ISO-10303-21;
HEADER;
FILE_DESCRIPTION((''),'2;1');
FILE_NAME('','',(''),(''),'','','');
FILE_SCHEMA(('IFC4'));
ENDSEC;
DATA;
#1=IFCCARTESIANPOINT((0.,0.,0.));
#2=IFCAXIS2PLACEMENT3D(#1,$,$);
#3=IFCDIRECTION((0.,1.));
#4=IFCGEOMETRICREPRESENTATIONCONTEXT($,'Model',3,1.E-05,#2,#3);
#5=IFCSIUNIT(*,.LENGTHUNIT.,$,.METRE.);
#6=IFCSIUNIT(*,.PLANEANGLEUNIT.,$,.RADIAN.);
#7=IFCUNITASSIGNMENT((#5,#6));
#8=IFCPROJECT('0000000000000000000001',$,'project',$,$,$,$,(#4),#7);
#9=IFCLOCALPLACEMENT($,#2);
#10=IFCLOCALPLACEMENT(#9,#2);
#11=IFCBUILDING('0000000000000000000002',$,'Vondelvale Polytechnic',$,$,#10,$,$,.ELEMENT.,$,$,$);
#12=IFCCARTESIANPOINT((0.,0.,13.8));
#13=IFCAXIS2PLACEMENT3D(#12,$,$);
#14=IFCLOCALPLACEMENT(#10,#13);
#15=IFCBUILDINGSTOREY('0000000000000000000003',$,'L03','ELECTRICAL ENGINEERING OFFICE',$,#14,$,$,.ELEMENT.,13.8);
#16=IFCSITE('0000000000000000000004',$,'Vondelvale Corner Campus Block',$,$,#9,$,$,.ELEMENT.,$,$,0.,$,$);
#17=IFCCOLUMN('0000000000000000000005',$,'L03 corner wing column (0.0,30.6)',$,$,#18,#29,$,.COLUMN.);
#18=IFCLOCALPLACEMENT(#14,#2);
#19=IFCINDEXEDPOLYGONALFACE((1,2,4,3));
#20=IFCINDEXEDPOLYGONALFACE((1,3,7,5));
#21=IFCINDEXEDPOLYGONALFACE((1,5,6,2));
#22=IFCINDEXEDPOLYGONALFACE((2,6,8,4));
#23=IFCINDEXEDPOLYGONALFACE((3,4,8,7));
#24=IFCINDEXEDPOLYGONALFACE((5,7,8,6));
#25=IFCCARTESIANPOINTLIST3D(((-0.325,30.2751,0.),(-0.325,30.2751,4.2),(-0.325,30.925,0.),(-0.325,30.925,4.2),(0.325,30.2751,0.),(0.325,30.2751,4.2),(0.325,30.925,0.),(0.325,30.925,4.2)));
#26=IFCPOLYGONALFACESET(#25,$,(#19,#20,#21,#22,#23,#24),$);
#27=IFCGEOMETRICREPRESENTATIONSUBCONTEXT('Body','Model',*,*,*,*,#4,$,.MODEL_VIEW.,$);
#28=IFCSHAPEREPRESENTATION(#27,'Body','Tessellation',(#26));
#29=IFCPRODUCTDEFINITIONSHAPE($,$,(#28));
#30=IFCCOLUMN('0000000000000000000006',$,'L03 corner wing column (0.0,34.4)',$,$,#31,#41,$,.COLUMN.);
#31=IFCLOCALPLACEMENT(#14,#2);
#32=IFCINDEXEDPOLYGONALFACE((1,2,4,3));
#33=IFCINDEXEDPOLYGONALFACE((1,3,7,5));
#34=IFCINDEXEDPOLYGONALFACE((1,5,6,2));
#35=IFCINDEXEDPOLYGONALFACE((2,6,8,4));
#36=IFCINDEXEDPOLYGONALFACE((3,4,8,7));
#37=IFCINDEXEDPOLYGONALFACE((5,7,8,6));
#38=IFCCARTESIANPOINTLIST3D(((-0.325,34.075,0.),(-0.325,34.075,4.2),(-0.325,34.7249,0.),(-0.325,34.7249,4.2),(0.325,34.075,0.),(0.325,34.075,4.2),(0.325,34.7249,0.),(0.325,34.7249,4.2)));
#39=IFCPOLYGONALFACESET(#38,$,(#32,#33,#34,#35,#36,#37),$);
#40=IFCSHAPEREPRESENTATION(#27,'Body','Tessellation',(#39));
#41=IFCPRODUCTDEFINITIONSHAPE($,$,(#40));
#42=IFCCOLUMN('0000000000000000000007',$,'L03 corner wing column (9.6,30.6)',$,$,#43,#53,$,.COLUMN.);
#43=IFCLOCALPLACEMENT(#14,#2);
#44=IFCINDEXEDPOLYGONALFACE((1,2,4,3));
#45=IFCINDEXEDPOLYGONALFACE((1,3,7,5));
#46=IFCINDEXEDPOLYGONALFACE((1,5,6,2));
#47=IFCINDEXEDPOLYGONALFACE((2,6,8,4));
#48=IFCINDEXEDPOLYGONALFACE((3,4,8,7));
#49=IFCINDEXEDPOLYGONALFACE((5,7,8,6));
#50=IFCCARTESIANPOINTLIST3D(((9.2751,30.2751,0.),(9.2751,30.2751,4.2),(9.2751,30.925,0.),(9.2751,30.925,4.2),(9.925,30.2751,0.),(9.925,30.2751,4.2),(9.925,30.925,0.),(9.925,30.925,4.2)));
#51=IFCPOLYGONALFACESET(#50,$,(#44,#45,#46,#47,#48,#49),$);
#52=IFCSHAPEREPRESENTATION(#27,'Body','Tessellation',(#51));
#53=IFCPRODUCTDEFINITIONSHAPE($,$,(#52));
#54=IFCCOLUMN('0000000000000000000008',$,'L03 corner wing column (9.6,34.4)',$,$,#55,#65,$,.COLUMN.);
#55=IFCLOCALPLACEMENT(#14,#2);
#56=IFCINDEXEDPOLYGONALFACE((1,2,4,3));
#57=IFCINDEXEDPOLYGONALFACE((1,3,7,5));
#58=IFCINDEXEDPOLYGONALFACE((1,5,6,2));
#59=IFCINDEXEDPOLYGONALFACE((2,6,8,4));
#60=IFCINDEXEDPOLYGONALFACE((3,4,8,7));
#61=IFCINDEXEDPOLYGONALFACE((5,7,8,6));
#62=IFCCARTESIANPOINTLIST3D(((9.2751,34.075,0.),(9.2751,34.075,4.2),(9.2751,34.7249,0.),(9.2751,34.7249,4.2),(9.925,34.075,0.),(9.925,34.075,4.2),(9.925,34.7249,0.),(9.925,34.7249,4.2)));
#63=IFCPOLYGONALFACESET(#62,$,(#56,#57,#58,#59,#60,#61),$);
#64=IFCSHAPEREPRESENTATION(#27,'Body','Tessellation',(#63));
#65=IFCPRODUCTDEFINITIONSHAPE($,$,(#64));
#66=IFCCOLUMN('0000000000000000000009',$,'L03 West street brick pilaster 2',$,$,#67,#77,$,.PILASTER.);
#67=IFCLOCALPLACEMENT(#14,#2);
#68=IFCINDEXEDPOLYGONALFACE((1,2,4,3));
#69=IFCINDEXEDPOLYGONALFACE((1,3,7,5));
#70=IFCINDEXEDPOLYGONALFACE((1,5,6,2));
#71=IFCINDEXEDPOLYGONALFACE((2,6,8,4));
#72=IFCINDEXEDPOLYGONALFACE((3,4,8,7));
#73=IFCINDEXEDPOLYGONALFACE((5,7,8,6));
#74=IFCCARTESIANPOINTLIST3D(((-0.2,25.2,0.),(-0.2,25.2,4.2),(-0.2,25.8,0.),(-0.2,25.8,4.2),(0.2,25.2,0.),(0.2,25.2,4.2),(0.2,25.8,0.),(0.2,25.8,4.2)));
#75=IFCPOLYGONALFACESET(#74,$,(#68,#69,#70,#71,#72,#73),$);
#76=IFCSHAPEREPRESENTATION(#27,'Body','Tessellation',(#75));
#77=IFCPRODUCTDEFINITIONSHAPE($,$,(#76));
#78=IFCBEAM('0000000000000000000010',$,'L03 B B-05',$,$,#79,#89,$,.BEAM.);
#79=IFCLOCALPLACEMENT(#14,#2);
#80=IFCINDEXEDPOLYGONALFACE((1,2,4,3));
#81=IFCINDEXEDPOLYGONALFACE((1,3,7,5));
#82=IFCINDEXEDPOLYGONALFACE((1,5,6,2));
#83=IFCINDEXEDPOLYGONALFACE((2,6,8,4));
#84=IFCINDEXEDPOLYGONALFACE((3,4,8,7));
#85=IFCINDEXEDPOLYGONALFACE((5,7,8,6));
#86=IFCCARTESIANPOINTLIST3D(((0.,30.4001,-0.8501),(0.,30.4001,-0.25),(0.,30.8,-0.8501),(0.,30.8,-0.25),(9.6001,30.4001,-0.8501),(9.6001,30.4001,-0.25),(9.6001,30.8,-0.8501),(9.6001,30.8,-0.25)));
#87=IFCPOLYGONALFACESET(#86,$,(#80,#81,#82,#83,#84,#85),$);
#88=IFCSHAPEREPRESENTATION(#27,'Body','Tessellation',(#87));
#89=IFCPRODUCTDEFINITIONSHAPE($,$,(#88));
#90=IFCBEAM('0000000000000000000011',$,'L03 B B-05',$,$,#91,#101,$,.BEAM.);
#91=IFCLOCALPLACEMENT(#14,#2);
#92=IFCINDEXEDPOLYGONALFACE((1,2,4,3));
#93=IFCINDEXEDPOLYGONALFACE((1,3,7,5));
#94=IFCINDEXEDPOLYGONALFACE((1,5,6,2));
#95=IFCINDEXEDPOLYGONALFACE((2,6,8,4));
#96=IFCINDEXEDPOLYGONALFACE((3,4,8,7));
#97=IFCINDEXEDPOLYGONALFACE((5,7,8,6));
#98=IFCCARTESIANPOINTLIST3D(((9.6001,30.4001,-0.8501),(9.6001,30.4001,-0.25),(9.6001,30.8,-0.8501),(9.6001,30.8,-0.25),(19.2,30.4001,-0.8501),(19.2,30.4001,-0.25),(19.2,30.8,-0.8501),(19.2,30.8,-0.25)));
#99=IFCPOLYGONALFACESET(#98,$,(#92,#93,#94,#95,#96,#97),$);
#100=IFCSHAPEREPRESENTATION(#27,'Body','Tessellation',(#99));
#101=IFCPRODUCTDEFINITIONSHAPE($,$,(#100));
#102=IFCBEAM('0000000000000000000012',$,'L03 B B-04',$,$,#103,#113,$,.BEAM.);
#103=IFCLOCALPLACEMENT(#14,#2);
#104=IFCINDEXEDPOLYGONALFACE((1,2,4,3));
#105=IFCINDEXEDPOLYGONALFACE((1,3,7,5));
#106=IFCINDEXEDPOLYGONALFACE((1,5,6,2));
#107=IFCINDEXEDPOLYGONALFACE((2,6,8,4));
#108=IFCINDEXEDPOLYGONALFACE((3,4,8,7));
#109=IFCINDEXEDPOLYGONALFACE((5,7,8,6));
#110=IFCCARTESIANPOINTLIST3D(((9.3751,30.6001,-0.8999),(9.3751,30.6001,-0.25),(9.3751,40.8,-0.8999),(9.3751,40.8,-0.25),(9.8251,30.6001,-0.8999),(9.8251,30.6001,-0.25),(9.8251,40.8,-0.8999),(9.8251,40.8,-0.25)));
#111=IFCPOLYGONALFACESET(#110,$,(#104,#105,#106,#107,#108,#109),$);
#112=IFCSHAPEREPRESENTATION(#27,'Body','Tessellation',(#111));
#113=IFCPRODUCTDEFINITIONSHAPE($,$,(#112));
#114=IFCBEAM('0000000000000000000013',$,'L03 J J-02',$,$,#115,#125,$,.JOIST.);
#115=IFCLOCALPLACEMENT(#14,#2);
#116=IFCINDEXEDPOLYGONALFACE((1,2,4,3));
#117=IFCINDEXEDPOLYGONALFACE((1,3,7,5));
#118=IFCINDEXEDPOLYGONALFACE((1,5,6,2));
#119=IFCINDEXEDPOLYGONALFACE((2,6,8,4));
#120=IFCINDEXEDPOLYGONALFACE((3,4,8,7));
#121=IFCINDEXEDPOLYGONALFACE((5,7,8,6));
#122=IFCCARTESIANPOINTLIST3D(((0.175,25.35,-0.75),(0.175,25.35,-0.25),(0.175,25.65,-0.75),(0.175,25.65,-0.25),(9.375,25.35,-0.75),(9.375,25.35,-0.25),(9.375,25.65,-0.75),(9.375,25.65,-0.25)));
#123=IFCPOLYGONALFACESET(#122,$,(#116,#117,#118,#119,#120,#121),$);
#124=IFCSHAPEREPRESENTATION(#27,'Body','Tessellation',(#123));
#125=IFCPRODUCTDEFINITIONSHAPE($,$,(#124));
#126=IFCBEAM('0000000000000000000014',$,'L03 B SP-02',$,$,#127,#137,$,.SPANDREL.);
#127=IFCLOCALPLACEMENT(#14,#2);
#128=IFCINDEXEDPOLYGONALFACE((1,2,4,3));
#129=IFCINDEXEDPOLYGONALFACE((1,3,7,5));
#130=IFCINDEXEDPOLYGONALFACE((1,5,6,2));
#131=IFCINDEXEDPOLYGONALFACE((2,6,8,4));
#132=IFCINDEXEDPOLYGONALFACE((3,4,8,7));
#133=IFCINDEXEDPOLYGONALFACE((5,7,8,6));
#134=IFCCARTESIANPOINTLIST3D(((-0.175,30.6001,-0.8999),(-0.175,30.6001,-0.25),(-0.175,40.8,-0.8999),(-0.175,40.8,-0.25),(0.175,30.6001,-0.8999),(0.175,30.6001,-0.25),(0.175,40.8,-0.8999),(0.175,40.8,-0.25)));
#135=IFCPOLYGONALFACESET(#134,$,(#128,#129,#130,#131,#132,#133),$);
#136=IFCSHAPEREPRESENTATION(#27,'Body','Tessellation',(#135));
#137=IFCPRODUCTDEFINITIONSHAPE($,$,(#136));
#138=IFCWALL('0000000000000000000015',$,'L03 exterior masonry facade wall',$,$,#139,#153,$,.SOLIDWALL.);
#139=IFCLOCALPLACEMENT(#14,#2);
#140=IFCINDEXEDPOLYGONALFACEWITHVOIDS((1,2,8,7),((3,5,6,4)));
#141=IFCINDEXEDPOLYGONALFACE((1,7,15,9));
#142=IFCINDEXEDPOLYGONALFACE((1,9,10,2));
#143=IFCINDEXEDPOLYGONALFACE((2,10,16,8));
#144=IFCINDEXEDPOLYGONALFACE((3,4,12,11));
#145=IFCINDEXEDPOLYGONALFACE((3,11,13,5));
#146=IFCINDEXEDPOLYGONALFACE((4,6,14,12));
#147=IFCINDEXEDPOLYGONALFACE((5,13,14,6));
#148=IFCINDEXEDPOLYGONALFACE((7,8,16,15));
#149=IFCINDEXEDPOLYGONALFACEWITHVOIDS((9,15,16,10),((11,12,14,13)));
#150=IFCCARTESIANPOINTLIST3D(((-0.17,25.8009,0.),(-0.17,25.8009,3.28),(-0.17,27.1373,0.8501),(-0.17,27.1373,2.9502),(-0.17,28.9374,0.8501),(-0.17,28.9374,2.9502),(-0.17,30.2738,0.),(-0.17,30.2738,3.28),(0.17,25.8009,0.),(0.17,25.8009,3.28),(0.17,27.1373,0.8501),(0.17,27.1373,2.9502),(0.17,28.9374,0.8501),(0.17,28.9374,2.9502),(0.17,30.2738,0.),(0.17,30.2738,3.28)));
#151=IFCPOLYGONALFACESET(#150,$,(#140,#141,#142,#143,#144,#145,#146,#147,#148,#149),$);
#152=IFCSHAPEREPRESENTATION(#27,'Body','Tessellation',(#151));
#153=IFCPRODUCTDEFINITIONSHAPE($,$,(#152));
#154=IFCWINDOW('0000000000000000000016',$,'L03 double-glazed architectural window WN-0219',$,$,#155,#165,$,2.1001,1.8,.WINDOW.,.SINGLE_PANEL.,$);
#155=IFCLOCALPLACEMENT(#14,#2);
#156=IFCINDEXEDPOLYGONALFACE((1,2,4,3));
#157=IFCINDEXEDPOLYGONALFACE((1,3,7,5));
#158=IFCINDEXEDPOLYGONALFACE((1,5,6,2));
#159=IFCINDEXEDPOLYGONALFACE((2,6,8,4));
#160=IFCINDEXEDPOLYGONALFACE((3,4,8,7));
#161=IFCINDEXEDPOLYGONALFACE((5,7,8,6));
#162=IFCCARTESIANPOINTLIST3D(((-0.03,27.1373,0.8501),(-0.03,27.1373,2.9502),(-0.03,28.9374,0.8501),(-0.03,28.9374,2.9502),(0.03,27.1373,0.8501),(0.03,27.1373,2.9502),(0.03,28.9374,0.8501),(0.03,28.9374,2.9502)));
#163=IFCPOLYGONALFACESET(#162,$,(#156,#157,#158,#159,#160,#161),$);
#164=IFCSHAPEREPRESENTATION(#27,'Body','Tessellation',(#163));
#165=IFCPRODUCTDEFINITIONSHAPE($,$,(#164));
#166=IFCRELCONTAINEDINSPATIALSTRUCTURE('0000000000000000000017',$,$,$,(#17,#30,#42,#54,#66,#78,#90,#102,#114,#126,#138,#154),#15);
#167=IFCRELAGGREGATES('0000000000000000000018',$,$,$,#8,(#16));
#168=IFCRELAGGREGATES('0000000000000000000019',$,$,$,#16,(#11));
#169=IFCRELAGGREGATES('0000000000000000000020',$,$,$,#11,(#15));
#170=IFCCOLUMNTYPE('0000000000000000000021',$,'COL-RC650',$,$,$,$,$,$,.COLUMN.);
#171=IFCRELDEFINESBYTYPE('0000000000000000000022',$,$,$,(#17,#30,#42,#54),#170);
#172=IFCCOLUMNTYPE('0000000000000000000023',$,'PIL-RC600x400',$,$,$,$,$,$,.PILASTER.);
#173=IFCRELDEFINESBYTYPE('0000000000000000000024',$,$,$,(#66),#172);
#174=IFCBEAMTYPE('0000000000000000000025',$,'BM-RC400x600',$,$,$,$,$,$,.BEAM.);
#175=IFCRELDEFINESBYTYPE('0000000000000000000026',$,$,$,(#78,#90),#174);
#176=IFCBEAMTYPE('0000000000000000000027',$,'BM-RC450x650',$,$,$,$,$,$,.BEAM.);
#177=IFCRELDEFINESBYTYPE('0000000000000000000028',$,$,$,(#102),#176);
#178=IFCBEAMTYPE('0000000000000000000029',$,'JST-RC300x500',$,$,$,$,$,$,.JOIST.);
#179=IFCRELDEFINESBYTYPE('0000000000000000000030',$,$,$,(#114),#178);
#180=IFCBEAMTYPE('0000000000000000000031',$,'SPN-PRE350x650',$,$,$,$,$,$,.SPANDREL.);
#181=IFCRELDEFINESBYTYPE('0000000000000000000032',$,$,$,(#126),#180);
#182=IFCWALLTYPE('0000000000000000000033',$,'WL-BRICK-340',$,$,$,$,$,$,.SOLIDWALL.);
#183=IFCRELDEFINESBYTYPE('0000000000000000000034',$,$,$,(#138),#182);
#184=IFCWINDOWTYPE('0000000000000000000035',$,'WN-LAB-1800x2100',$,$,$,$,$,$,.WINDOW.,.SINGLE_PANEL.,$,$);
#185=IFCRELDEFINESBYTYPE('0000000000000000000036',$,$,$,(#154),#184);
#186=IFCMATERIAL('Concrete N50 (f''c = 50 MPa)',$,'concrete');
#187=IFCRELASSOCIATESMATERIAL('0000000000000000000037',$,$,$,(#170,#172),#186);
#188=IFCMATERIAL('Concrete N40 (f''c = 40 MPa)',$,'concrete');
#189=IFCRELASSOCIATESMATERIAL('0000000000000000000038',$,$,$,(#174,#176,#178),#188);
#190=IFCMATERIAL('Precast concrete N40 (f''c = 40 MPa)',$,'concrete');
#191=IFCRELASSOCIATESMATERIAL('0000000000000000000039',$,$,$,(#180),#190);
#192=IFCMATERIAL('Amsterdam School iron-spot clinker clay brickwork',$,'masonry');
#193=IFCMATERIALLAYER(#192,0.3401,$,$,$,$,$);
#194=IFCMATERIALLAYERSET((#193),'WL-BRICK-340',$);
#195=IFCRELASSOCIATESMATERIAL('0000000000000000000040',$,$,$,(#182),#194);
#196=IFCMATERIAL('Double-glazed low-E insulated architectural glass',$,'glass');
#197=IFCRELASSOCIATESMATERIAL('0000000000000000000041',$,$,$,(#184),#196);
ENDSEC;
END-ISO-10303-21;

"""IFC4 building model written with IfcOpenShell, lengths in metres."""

from ifc_helpers import new_model, si_unit, direction, frame, frame_2d, origin, origin_2d, place, context, subcontext, project, spatial, rectangle, extrude, material, layer, layer_set, material_profile, profile_set, type_object, element, fill, save


model = new_model("IFC4")

# Units and contexts
model_context = context("Model", 3, precision=1e-05, world=origin(), true_north=direction((0.0, 1.0)))
body_context = subcontext(model_context, "Body", "Model", "MODEL_VIEW")
ifc_project = project(units=[si_unit("LENGTHUNIT", "METRE"), si_unit("PLANEANGLEUNIT", "RADIAN")], contexts=[model_context])

# Site, building, storey
site_placement = place(None, origin())
site = spatial("IfcSite", under=ifc_project, at=site_placement, Name="Vondelvale Corner Campus Block", CompositionType="ELEMENT", RefElevation=0.0)
building_placement = place(site_placement, origin())
building = spatial("IfcBuilding", under=site, at=building_placement, Name="Vondelvale Polytechnic", CompositionType="ELEMENT")
storey_placement = place(building_placement, frame((0.0, 0.0, 13.8)))
storey = spatial("IfcBuildingStorey", under=building, at=storey_placement, Name="L03", Description="ELECTRICAL ENGINEERING OFFICE", CompositionType="ELEMENT", Elevation=13.8)

# Columns
ifc_material_1 = material(Name="Concrete N50 (f'c = 50 MPa)", Category="concrete")
ifc_material_profile_1 = material_profile(ifc_material_1, rectangle(XDim=0.6499, YDim=0.6499, at=origin_2d()), Name="RC-COL-650x650")
ifc_profile_set_1 = profile_set([ifc_material_profile_1], Name="Concrete N50 (f'c = 50 MPa)")
column_type_1 = type_object("IfcColumnType", Name="COL-RC650", PredefinedType="COLUMN", material=ifc_profile_set_1)
for number, where, z_axis, x_axis, name in (
    (1, (0.0, 30.6001, 0.0), (0.0, 0.0, 1.0), (1.0, 0.0, 0.0), "L03 corner wing column (0.0,30.6)"),
    (2, (0.0, 34.3999, 0.0), (0.0, 0.0, 1.0), (1.0, 0.0, 0.0), "L03 corner wing column (0.0,34.4)"),
    (3, (9.6001, 30.6001, 0.0), (0.0, 0.0, 1.0), (1.0, 0.0, 0.0), "L03 corner wing column (9.6,30.6)"),
    (4, (9.6001, 34.3999, 0.0), (0.0, 0.0, 1.0), (1.0, 0.0, 0.0), "L03 corner wing column (9.6,34.4)"),
):
    element("IfcColumn", number, at=place(storey_placement, frame(where, z_axis=z_axis, x_axis=x_axis)), inside=storey, type_object=column_type_1, Name=name, PredefinedType="COLUMN", context=body_context, shape_type="SweptSolid", body=[
        extrude(rectangle(XDim=0.6499, YDim=0.6499, at=origin_2d()), origin(), (0.0, 0.0, 1.0), 4.2),
    ])
ifc_material_profile_2 = material_profile(ifc_material_1, rectangle(XDim=0.3999, YDim=0.6001, at=origin_2d()), Name="RC-PIL-600x400")
ifc_profile_set_2 = profile_set([ifc_material_profile_2], Name="Concrete N50 (f'c = 50 MPa)")
column_type_2 = type_object("IfcColumnType", Name="PIL-RC600x400", PredefinedType="PILASTER", material=ifc_profile_set_2)
column_placement = place(storey_placement, frame((0.0, 25.5, 0.0), z_axis=(0.0, 0.0, 1.0), x_axis=(1.0, 0.0, 0.0)))
element("IfcColumn", 5, at=column_placement, inside=storey, type_object=column_type_2, Name="L03 West street brick pilaster 2", PredefinedType="PILASTER", context=body_context, shape_type="SweptSolid", body=[
    extrude(rectangle(XDim=0.3999, YDim=0.6001, at=origin_2d()), origin(), (0.0, 0.0, 1.0), 4.2),
])

# Beams
ifc_material_2 = material(Name="Concrete N40 (f'c = 40 MPa)", Category="concrete")
ifc_material_profile_3 = material_profile(ifc_material_2, rectangle(XDim=0.3999, YDim=0.6001, at=origin_2d()), Name="RC-BM-400x600")
ifc_profile_set_3 = profile_set([ifc_material_profile_3], Name="Concrete N40 (f'c = 40 MPa)")
beam_type_1 = type_object("IfcBeamType", Name="BM-RC400x600", PredefinedType="BEAM", material=ifc_profile_set_3)
beam_1_placement = place(storey_placement, frame((0.0, 30.6001, -0.55), z_axis=(1.0, 0.0, 0.0), x_axis=(0.0, 1.0, 0.0)))
element("IfcBeam", 6, at=beam_1_placement, inside=storey, type_object=beam_type_1, Name="L03 B B-05", PredefinedType="BEAM", context=body_context, shape_type="SweptSolid", body=[
    extrude(rectangle(XDim=0.3999, YDim=0.6001, at=origin_2d()), origin(), (0.0, 0.0, 1.0), 9.6001),
])
beam_2_placement = place(storey_placement, frame((9.6001, 30.6001, -0.55), z_axis=(1.0, 0.0, 0.0), x_axis=(0.0, 1.0, 0.0)))
element("IfcBeam", 7, at=beam_2_placement, inside=storey, type_object=beam_type_1, Name="L03 B B-05", PredefinedType="BEAM", context=body_context, shape_type="SweptSolid", body=[
    extrude(rectangle(XDim=0.3999, YDim=0.6001, at=origin_2d()), origin(), (0.0, 0.0, 1.0), 9.5999),
])
ifc_material_profile_4 = material_profile(ifc_material_2, rectangle(XDim=0.45, YDim=0.6499, at=origin_2d()), Name="RC-BM-450x650")
ifc_profile_set_4 = profile_set([ifc_material_profile_4], Name="Concrete N40 (f'c = 40 MPa)")
beam_type_2 = type_object("IfcBeamType", Name="BM-RC450x650", PredefinedType="BEAM", material=ifc_profile_set_4)
beam_3_placement = place(storey_placement, frame((9.6001, 30.6001, -0.575), z_axis=(0.0, 1.0, 0.0), x_axis=(-1.0, 0.0, 0.0)))
element("IfcBeam", 8, at=beam_3_placement, inside=storey, type_object=beam_type_2, Name="L03 B B-04", PredefinedType="BEAM", context=body_context, shape_type="SweptSolid", body=[
    extrude(rectangle(XDim=0.45, YDim=0.6499, at=origin_2d()), origin(), (0.0, 0.0, 1.0), 10.2),
])
ifc_material_profile_5 = material_profile(ifc_material_2, rectangle(XDim=0.3, YDim=0.5, at=origin_2d()), Name="RC-JST-300x500")
ifc_profile_set_5 = profile_set([ifc_material_profile_5], Name="Concrete N40 (f'c = 40 MPa)")
beam_type_3 = type_object("IfcBeamType", Name="JST-RC300x500", PredefinedType="JOIST", material=ifc_profile_set_5)
beam_4_placement = place(storey_placement, frame((0.175, 25.5, -0.5), z_axis=(1.0, 0.0, 0.0), x_axis=(0.0, 1.0, 0.0)))
element("IfcBeam", 9, at=beam_4_placement, inside=storey, type_object=beam_type_3, Name="L03 J J-02", PredefinedType="JOIST", context=body_context, shape_type="SweptSolid", body=[
    extrude(rectangle(XDim=0.3, YDim=0.5, at=origin_2d()), origin(), (0.0, 0.0, 1.0), 9.2),
])
ifc_material_3 = material(Name="Precast concrete N40 (f'c = 40 MPa)", Category="concrete")
ifc_material_profile_6 = material_profile(ifc_material_3, rectangle(XDim=0.3501, YDim=0.6499, at=origin_2d()), Name="RC-SPN-350x650")
ifc_profile_set_6 = profile_set([ifc_material_profile_6], Name="Precast concrete N40 (f'c = 40 MPa)")
beam_type_4 = type_object("IfcBeamType", Name="SPN-PRE350x650", PredefinedType="SPANDREL", material=ifc_profile_set_6)
beam_5_placement = place(storey_placement, frame((0.0, 30.6001, -0.575), z_axis=(0.0, 1.0, 0.0), x_axis=(-1.0, 0.0, 0.0)))
element("IfcBeam", 10, at=beam_5_placement, inside=storey, type_object=beam_type_4, Name="L03 B SP-02", PredefinedType="SPANDREL", context=body_context, shape_type="SweptSolid", body=[
    extrude(rectangle(XDim=0.3501, YDim=0.6499, at=origin_2d()), origin(), (0.0, 0.0, 1.0), 10.2),
])

# Wall, opening, window
ifc_material_4 = material(Name="Amsterdam School iron-spot clinker clay brickwork", Category="masonry")
ifc_layer_1 = layer(ifc_material_4, 0.3401)
ifc_layer_set_1 = layer_set([ifc_layer_1], Name="WL-BRICK-340")
wall_type = type_object("IfcWallType", Name="WL-BRICK-340", PredefinedType="SOLIDWALL", material=ifc_layer_set_1)
wall_1_placement = place(storey_placement, frame((0.0, 25.801, 0.0), z_axis=(0.0, 0.0, 1.0), x_axis=(0.0, 1.0, 0.0)))
wall_1 = element("IfcWall", 11, at=wall_1_placement, inside=storey, type_object=wall_type, Name="L03 exterior masonry facade wall", PredefinedType="SOLIDWALL", context=body_context, shape_type="SweptSolid", body=[
    extrude(rectangle(XDim=4.4729, YDim=0.3401, at=frame_2d((2.2363, 0.0))), origin(), (0.0, 0.0, 1.0), 3.28),
])
opening_1_placement = place(wall_1_placement, frame((1.3364, 0.0, 0.8501)))
opening_1 = element("IfcOpeningElement", 12, at=opening_1_placement, cuts=wall_1, PredefinedType="OPENING", context=body_context, shape_type="SweptSolid", body=[
    extrude(rectangle(XDim=1.8, YDim=2.1001, at=frame_2d((0.8999, 1.05))), frame((0.0, 0.1799, 0.0), z_axis=(0.0, -1.0, 0.0), x_axis=(1.0, 0.0, 0.0)), (0.0, 0.0, 1.0), 0.3601),
])
ifc_material_5 = material(Name="Double-glazed low-E insulated architectural glass", Category="glass")
window_type = type_object("IfcWindowType", Name="WN-LAB-1800x2100", PartitioningType="SINGLE_PANEL", PredefinedType="WINDOW", material=ifc_material_5)
window_1_placement = place(opening_1_placement, origin())
window_1 = element("IfcWindow", 13, at=window_1_placement, inside=storey, type_object=window_type, Name="L03 double-glazed architectural window WN-0219", OverallHeight=2.1001, OverallWidth=1.8, PartitioningType="SINGLE_PANEL", PredefinedType="WINDOW", context=body_context, shape_type="SweptSolid", body=[
    extrude(rectangle(XDim=1.8, YDim=2.1001, at=frame_2d((0.8999, 1.05))), frame((0.0, 0.03, 0.0), z_axis=(0.0, -1.0, 0.0), x_axis=(1.0, 0.0, 0.0)), (0.0, 0.0, 1.0), 0.0601),
])
fill(opening_1, window_1)

save(model, "model.ifc")
